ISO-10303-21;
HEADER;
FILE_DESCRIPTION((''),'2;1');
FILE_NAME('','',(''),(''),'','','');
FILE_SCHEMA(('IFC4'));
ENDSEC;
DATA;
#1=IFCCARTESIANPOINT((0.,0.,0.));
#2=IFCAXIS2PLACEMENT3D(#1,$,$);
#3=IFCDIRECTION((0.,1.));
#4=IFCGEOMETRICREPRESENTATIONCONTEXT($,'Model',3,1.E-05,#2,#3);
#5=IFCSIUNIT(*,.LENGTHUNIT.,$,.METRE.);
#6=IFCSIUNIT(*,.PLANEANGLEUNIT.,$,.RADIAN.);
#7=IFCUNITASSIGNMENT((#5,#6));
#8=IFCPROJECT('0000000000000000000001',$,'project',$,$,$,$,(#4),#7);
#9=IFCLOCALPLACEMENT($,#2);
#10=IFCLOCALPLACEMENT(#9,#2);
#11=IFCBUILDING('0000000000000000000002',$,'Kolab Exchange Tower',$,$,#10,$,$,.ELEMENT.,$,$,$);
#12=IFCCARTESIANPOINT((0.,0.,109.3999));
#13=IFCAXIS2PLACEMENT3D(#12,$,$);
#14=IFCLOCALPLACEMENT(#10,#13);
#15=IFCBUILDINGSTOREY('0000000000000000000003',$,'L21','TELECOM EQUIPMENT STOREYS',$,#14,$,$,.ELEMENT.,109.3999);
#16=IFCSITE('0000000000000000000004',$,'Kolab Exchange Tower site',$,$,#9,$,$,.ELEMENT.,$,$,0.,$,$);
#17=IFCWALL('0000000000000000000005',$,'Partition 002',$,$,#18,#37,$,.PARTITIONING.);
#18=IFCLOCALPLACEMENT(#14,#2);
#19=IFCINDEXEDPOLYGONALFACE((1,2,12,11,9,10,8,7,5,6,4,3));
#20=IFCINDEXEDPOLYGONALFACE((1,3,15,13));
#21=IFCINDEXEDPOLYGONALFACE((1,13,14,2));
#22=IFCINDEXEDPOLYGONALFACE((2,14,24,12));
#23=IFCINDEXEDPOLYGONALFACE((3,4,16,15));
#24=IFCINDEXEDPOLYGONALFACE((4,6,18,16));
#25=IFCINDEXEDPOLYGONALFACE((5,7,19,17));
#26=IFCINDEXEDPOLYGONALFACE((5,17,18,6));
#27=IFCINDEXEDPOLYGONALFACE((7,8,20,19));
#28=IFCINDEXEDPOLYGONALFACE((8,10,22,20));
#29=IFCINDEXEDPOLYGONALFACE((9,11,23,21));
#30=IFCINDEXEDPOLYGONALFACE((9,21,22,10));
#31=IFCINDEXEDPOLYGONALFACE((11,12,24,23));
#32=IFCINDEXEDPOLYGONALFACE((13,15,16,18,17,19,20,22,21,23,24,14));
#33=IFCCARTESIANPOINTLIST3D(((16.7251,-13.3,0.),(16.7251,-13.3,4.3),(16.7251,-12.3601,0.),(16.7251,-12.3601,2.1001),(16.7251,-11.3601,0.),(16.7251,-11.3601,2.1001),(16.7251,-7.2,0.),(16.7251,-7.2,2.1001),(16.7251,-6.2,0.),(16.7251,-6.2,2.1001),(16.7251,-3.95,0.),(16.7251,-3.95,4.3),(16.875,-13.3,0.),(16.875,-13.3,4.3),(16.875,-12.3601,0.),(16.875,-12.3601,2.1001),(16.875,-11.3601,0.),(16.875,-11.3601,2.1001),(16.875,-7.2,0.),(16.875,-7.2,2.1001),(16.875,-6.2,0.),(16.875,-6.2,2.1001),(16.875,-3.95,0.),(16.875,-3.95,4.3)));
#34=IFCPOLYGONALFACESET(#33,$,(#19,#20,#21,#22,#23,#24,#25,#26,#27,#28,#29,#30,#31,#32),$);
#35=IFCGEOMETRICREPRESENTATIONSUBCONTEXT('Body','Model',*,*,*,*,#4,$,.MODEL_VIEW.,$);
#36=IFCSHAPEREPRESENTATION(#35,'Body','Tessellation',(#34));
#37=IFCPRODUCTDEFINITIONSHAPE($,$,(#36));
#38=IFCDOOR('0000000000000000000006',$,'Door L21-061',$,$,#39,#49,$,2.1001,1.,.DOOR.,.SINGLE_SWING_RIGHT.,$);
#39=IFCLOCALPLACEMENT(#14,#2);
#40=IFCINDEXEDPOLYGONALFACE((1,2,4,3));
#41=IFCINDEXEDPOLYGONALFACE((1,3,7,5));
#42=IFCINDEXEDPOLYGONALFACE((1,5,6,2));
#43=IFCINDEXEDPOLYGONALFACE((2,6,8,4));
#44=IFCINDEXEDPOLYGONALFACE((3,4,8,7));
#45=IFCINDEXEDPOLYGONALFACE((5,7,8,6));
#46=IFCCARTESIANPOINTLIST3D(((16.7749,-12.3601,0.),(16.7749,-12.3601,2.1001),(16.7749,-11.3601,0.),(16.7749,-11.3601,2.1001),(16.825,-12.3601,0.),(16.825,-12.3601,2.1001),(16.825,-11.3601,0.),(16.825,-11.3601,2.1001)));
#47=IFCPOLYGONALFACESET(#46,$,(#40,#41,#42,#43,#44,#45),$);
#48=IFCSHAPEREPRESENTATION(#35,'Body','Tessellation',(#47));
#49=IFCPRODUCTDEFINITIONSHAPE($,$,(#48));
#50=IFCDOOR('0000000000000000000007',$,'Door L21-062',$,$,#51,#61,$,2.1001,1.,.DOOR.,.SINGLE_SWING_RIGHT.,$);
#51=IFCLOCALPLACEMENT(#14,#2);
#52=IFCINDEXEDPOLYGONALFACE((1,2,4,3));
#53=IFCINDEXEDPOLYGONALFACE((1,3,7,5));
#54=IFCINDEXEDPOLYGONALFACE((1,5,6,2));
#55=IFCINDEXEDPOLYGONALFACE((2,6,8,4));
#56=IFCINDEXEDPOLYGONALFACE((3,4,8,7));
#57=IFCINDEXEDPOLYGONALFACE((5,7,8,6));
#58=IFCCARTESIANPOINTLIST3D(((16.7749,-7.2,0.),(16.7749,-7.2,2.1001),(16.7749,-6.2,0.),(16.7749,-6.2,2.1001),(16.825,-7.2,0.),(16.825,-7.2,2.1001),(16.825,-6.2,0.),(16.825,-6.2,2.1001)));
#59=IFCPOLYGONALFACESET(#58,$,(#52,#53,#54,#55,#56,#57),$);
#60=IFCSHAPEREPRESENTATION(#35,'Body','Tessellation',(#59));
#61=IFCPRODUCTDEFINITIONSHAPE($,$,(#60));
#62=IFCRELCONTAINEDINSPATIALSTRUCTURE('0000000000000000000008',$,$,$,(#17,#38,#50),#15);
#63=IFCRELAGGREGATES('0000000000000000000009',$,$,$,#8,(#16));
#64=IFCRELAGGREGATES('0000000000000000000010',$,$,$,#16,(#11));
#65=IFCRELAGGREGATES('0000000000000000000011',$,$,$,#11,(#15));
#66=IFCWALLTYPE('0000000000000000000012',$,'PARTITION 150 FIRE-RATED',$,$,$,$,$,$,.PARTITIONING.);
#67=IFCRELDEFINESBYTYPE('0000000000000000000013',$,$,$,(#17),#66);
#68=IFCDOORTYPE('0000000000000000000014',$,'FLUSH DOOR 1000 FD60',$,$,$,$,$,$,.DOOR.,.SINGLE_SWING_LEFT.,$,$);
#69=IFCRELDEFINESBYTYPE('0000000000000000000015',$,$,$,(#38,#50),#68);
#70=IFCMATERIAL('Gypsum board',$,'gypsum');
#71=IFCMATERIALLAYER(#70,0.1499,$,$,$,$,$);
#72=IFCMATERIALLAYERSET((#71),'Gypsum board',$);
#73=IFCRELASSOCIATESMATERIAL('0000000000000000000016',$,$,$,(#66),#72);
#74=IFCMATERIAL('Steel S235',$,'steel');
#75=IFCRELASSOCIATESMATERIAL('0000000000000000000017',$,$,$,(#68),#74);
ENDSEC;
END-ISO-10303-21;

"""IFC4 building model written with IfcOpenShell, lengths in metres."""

from ifc_helpers import new_model, si_unit, direction, frame, frame_2d, origin, place, context, subcontext, project, spatial, rectangle, extrude, material, layer, layer_set, type_object, element, fill, save


model = new_model("IFC4")

# Units and contexts
model_context = context("Model", 3, precision=1e-05, world=origin(), true_north=direction((0.0, 1.0)))
body_context = subcontext(model_context, "Body", "Model", "MODEL_VIEW")
ifc_project = project(units=[si_unit("LENGTHUNIT", "METRE"), si_unit("PLANEANGLEUNIT", "RADIAN")], contexts=[model_context])

# Site, building, storey
site_placement = place(None, origin())
site = spatial("IfcSite", under=ifc_project, at=site_placement, Name="Kolab Exchange Tower site", CompositionType="ELEMENT", RefElevation=0.0)
building_placement = place(site_placement, origin())
building = spatial("IfcBuilding", under=site, at=building_placement, Name="Kolab Exchange Tower", CompositionType="ELEMENT")
storey_placement = place(building_placement, frame((0.0, 0.0, 109.3999)))
storey = spatial("IfcBuildingStorey", under=building, at=storey_placement, Name="L21", Description="TELECOM EQUIPMENT STOREYS", CompositionType="ELEMENT", Elevation=109.3999)

# Shared definitions
ifc_material_1 = material(Name="Steel S235", Category="steel")

# Shared definitions
ifc_material_2 = material(Name="Gypsum board", Category="gypsum")

# Wall, openings, doors
ifc_layer_1 = layer(ifc_material_2, 0.1499)
ifc_layer_set_1 = layer_set([ifc_layer_1], Name="Gypsum board")
wall_type_1 = type_object("IfcWallType", Name="PARTITION 150 FIRE-RATED", PredefinedType="PARTITIONING", material=ifc_layer_set_1)
wall_1_placement = place(storey_placement, frame((16.8, -13.3, 0.0), z_axis=(0.0, 0.0, 1.0), x_axis=(0.0, 1.0, 0.0)))
wall_1 = element("IfcWall", 1, at=wall_1_placement, inside=storey, type_object=wall_type_1, Name="Partition 002", PredefinedType="PARTITIONING", context=body_context, shape_type="SweptSolid", body=[
    extrude(rectangle(XDim=9.3501, YDim=0.1499, at=frame_2d((4.675, 0.0))), origin(), (0.0, 0.0, 1.0), 4.3),
])
opening_1_placement = place(wall_1_placement, frame((0.9399, 0.0, 0.0)))
opening_1 = element("IfcOpeningElement", 2, at=opening_1_placement, cuts=wall_1, PredefinedType="OPENING", context=body_context, shape_type="SweptSolid", body=[
    extrude(rectangle(XDim=1.0, YDim=2.1001, at=frame_2d((0.5, 1.05))), frame((0.0, 0.085, 0.0), z_axis=(0.0, -1.0, 0.0), x_axis=(1.0, 0.0, 0.0)), (0.0, 0.0, 1.0), 0.1699),
])
opening_2_placement = place(wall_1_placement, frame((6.1001, 0.0, 0.0)))
opening_2 = element("IfcOpeningElement", 3, at=opening_2_placement, cuts=wall_1, PredefinedType="OPENING", context=body_context, shape_type="SweptSolid", body=[
    extrude(rectangle(XDim=1.0, YDim=2.1001, at=frame_2d((0.5, 1.05))), frame((0.0, 0.085, 0.0), z_axis=(0.0, -1.0, 0.0), x_axis=(1.0, 0.0, 0.0)), (0.0, 0.0, 1.0), 0.1699),
])
door_type_1 = type_object("IfcDoorType", Name="FLUSH DOOR 1000 FD60", OperationType="SINGLE_SWING_LEFT", PredefinedType="DOOR", material=ifc_material_1)
door_1_placement = place(opening_1_placement, frame((1.0, 0.0, 0.0), z_axis=(0.0, 0.0, 1.0), x_axis=(-1.0, 0.0, 0.0)))
door_1 = element("IfcDoor", 4, at=door_1_placement, inside=storey, type_object=door_type_1, Name="Door L21-061", OperationType="SINGLE_SWING_RIGHT", OverallHeight=2.1001, OverallWidth=1.0, PredefinedType="DOOR", context=body_context, shape_type="SweptSolid", body=[
    extrude(rectangle(XDim=1.0, YDim=2.1001, at=frame_2d((0.5, 1.05))), frame((0.0, 0.0249, 0.0), z_axis=(0.0, -1.0, 0.0), x_axis=(1.0, 0.0, 0.0)), (0.0, 0.0, 1.0), 0.05),
])
fill(opening_1, door_1)
door_2_placement = place(opening_2_placement, frame((1.0, 0.0, 0.0), z_axis=(0.0, 0.0, 1.0), x_axis=(-1.0, 0.0, 0.0)))
door_2 = element("IfcDoor", 5, at=door_2_placement, inside=storey, type_object=door_type_1, Name="Door L21-062", OperationType="SINGLE_SWING_RIGHT", OverallHeight=2.1001, OverallWidth=1.0, PredefinedType="DOOR", context=body_context, shape_type="SweptSolid", body=[
    extrude(rectangle(XDim=1.0, YDim=2.1001, at=frame_2d((0.5, 1.05))), frame((0.0, 0.0249, 0.0), z_axis=(0.0, -1.0, 0.0), x_axis=(1.0, 0.0, 0.0)), (0.0, 0.0, 1.0), 0.05),
])
fill(opening_2, door_2)

save(model, "model.ifc")
